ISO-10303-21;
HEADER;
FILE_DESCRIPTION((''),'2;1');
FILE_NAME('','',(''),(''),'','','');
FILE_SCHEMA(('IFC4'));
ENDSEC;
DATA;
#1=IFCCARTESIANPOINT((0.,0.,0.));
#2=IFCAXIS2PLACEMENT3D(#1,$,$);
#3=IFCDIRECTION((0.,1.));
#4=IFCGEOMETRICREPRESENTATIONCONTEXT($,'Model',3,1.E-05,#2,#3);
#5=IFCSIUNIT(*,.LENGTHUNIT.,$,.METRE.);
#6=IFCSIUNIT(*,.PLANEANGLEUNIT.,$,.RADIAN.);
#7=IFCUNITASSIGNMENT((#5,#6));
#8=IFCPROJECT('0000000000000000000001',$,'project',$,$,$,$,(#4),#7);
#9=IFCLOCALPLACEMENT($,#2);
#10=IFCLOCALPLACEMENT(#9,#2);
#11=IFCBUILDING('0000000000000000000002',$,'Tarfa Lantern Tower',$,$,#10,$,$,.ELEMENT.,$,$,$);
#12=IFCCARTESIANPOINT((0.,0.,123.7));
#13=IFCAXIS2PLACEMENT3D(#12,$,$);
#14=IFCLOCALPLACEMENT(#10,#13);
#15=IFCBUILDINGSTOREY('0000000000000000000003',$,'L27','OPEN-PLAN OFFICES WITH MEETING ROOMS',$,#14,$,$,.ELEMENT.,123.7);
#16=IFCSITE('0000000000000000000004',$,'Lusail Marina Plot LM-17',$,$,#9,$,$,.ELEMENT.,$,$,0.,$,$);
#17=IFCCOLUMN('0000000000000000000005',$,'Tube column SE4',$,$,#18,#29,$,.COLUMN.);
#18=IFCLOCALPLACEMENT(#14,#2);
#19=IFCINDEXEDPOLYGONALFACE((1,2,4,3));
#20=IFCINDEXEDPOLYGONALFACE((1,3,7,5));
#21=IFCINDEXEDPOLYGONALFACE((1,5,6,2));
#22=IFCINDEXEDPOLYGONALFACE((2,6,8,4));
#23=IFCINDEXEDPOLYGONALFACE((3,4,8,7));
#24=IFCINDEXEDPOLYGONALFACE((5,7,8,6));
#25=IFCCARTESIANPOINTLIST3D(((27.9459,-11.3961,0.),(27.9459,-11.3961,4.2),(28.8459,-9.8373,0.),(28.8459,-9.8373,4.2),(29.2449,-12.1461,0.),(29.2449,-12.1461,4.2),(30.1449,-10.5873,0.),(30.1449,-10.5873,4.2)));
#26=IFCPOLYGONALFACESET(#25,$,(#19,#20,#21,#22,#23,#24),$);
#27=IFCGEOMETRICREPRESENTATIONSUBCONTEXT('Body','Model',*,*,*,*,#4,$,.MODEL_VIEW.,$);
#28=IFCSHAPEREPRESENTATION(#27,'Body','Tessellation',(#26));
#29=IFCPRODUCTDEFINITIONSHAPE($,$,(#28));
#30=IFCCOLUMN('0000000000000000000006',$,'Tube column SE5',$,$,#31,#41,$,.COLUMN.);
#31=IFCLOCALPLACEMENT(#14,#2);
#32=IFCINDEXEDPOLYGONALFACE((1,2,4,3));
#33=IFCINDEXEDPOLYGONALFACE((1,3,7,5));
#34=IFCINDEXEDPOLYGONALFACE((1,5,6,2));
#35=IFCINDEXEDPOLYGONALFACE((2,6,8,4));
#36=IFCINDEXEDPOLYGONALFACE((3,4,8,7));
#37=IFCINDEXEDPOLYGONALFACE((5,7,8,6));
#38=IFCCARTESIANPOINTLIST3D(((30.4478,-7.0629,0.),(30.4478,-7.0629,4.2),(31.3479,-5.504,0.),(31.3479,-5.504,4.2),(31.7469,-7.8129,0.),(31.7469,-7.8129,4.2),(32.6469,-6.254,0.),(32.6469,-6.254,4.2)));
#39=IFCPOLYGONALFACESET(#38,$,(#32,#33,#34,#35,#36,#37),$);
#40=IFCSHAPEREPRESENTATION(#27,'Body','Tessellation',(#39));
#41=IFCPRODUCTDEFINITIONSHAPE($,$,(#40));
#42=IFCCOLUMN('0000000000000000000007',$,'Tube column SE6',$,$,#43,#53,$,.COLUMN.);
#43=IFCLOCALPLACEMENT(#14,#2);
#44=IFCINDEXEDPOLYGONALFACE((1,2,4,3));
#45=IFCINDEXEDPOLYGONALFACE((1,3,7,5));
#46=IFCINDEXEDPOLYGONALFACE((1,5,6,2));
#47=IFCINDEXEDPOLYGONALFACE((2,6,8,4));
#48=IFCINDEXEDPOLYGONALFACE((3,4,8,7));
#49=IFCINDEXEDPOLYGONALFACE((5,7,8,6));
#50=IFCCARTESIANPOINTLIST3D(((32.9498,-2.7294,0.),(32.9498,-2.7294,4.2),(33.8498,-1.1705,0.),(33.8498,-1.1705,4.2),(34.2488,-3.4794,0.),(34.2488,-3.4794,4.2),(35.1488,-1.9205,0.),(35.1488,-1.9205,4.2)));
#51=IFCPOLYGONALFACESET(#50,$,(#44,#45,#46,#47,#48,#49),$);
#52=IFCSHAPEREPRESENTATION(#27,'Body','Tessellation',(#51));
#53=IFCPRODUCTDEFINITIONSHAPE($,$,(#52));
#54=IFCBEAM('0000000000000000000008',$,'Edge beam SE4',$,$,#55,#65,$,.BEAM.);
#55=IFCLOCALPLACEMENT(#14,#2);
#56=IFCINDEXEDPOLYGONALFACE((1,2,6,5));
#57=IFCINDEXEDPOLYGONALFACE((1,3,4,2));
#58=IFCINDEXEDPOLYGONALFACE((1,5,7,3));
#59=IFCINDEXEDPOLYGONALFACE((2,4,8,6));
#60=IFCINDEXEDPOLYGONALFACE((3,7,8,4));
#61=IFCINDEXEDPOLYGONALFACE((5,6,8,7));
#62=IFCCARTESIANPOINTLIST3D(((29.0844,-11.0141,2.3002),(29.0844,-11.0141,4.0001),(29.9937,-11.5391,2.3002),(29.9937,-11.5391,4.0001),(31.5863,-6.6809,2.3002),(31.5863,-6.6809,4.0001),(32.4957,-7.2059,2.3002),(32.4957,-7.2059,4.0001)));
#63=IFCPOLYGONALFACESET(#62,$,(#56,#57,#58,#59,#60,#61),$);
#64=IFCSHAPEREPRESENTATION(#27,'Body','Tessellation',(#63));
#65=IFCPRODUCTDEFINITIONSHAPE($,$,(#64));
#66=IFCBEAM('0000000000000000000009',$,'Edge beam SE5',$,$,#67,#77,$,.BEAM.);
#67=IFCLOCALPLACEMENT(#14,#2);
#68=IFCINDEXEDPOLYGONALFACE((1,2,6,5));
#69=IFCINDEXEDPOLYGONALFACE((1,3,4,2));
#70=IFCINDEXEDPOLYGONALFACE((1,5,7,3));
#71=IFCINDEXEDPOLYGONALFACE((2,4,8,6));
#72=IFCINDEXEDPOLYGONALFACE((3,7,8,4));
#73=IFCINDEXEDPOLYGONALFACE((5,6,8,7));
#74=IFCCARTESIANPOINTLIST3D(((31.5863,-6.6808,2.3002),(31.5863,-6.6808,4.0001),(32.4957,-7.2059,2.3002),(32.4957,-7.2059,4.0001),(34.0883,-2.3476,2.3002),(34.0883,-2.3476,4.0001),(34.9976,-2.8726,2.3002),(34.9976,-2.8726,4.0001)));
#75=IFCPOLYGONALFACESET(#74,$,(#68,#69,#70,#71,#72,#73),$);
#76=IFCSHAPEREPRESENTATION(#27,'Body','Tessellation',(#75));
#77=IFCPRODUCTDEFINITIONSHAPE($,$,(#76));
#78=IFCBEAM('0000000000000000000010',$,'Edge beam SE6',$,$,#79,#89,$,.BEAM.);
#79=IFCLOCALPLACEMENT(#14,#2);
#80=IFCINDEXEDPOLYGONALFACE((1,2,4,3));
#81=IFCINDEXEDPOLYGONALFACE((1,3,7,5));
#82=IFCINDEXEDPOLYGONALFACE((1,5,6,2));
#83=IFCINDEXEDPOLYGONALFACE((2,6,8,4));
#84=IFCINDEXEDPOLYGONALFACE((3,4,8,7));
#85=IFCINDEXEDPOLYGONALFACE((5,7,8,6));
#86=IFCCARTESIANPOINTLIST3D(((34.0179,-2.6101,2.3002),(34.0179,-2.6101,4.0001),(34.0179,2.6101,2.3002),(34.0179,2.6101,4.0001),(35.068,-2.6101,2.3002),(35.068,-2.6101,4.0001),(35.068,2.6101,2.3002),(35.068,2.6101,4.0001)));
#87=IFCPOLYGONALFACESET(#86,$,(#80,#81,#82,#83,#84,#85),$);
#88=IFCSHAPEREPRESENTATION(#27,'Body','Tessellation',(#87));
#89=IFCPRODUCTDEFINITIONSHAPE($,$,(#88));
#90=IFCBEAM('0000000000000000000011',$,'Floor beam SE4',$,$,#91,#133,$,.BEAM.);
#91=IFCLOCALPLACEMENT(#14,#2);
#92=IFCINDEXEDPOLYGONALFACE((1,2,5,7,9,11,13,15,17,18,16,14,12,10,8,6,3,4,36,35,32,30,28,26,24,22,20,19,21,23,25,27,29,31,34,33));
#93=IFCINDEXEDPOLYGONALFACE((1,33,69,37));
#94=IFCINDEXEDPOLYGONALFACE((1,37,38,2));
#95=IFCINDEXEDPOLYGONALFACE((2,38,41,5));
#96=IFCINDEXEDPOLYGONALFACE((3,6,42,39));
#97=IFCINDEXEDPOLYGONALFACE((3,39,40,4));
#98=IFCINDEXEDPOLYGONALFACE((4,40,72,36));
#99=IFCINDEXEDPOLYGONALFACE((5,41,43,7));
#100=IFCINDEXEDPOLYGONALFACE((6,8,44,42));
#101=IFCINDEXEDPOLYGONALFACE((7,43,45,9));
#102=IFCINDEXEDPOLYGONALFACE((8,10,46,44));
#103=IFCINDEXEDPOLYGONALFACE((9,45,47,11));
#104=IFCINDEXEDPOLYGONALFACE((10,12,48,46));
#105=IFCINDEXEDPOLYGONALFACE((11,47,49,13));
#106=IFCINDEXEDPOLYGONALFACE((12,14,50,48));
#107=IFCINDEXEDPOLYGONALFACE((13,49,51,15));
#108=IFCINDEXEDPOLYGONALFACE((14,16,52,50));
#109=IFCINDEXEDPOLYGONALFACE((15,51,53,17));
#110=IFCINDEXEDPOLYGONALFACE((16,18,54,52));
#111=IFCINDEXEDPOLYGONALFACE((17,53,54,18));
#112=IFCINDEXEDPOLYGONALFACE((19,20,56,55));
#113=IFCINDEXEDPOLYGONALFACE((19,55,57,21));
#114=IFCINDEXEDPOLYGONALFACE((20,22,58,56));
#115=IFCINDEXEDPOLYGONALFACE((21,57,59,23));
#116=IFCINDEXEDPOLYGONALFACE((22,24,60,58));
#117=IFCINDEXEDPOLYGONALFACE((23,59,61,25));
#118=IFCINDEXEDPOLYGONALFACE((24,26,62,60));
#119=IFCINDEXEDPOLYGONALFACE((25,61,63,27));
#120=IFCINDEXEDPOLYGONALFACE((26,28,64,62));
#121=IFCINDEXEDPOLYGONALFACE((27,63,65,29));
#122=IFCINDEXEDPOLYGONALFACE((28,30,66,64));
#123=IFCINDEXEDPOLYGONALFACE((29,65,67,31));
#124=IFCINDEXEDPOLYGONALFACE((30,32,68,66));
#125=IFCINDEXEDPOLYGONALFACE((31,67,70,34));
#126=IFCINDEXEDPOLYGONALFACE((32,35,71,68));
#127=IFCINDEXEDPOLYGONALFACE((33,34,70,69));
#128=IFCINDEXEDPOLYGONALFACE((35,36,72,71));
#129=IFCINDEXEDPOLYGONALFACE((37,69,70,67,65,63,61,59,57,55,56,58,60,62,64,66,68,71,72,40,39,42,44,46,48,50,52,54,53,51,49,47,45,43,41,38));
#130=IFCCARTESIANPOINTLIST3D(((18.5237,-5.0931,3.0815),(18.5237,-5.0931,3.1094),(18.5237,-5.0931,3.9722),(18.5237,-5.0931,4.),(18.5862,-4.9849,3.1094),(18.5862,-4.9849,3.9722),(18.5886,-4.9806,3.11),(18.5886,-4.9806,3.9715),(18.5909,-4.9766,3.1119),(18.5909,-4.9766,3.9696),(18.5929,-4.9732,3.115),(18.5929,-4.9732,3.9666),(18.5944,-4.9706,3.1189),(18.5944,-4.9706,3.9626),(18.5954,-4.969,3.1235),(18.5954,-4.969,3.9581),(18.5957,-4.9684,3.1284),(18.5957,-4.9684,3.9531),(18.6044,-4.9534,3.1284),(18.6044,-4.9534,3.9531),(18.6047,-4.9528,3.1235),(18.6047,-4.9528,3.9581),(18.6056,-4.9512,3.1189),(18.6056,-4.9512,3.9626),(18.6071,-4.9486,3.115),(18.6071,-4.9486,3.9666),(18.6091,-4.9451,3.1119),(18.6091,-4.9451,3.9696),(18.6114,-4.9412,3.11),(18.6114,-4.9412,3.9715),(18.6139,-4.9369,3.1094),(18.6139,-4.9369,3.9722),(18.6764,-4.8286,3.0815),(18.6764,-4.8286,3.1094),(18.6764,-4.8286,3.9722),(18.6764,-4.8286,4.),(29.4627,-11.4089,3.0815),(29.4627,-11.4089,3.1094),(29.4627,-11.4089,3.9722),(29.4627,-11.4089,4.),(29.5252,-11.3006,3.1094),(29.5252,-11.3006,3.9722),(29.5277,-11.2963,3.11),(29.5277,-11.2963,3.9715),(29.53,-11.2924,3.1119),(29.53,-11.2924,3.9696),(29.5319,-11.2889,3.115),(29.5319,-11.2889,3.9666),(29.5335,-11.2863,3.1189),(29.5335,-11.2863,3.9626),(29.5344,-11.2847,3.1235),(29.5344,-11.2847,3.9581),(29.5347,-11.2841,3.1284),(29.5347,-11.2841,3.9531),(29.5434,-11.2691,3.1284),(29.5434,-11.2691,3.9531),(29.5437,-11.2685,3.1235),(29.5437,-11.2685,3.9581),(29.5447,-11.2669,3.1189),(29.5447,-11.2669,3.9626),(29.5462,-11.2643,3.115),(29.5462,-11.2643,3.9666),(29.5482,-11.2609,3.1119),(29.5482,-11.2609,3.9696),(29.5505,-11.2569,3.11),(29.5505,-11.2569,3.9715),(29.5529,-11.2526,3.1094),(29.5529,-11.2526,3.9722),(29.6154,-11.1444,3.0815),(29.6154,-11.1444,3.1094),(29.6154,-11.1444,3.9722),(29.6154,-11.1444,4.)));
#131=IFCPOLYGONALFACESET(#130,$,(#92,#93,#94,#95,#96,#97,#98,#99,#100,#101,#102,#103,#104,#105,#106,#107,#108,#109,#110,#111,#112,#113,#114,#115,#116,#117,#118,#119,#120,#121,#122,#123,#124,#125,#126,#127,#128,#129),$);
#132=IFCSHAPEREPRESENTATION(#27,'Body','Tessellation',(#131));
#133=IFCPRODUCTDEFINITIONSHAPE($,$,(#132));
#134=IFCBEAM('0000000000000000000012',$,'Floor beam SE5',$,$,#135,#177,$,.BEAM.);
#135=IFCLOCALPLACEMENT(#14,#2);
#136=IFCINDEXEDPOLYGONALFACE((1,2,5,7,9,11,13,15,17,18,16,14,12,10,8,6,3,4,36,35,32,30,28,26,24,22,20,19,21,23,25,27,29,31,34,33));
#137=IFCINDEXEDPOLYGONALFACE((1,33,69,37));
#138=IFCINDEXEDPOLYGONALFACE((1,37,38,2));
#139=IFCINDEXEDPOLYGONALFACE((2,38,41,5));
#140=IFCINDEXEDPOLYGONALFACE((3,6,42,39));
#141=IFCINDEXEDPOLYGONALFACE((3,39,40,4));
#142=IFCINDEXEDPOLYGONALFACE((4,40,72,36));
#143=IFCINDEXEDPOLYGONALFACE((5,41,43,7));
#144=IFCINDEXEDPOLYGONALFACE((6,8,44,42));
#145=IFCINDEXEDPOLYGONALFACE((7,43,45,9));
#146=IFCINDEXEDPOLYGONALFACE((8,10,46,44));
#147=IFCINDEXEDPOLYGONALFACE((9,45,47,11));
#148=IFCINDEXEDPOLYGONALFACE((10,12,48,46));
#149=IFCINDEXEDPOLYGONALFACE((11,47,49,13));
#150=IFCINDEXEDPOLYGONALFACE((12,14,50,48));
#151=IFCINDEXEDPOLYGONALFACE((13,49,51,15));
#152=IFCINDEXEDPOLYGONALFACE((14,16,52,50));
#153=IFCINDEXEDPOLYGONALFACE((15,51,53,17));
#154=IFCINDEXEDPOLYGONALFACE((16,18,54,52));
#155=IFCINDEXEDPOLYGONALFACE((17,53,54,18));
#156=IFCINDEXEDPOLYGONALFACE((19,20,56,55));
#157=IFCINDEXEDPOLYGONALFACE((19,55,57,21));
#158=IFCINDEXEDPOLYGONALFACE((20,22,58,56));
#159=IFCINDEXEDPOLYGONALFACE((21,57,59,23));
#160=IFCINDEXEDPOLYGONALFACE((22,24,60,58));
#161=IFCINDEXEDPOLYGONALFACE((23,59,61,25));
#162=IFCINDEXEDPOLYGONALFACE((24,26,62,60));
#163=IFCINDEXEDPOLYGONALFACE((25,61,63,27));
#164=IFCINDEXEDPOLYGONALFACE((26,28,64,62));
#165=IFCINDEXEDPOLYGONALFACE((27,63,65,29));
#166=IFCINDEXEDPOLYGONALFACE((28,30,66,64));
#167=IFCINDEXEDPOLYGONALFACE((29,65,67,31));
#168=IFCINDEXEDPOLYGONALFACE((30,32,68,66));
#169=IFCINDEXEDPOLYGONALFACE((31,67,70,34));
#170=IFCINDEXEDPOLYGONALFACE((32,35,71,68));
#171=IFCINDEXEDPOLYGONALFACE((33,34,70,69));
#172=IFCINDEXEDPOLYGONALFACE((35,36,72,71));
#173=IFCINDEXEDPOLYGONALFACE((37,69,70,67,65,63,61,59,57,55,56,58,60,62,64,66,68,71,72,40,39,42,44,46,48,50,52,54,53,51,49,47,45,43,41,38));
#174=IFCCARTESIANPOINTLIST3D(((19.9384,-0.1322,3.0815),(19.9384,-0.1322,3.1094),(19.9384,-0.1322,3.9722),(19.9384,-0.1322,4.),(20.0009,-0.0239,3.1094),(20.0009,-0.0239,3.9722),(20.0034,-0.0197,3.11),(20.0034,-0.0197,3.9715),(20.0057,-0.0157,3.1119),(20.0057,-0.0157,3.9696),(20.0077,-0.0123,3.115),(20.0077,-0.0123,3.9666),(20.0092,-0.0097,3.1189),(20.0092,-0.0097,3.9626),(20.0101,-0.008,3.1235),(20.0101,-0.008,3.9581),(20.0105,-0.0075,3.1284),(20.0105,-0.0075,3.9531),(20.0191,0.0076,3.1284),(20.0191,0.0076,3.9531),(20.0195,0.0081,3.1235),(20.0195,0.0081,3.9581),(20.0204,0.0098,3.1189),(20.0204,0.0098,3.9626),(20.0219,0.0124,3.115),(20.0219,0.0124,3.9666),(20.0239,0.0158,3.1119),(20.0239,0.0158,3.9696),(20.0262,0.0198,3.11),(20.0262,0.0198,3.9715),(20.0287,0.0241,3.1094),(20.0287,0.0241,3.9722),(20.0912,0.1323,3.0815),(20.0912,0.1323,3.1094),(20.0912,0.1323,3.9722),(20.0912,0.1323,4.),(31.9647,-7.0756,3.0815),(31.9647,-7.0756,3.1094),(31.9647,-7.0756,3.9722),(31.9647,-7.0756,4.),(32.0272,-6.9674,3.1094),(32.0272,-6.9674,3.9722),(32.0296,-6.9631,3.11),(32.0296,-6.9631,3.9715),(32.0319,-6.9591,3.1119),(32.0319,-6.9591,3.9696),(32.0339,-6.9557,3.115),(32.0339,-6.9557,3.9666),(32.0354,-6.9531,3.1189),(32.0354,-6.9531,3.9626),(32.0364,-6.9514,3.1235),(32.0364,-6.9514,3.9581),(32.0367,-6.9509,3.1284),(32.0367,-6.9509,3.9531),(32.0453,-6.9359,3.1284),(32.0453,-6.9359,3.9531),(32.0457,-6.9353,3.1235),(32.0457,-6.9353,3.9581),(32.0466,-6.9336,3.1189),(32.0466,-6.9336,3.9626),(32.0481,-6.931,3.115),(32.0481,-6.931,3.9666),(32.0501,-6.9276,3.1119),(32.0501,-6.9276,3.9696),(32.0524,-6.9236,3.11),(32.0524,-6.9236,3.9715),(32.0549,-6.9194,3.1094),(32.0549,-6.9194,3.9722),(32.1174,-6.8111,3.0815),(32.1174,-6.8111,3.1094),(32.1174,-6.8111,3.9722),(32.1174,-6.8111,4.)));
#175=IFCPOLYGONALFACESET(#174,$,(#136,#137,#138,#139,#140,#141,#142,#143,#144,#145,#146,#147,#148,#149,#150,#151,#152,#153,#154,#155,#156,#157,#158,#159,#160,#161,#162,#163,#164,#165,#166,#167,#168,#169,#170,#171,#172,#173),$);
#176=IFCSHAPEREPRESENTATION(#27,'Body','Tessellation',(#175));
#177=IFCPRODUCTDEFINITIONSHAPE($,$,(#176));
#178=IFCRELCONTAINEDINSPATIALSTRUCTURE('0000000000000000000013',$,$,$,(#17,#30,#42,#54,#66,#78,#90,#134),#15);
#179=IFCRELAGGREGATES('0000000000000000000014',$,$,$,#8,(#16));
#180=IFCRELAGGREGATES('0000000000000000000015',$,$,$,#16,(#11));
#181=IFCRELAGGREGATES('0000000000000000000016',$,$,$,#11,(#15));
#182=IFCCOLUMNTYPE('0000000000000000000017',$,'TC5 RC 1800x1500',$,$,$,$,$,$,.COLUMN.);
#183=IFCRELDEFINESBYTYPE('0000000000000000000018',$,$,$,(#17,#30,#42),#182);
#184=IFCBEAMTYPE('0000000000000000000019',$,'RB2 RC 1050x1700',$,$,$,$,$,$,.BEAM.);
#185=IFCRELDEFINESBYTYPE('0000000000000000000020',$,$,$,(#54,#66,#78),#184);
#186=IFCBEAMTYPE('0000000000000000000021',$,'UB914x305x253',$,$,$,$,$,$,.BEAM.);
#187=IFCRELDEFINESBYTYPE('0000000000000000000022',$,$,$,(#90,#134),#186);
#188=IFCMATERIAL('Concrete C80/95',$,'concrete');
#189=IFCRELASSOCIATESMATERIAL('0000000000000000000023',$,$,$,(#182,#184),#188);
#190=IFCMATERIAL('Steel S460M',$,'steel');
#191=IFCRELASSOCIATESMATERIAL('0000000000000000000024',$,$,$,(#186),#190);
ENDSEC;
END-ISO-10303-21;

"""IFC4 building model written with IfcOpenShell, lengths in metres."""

from ifc_helpers import new_model, si_unit, direction, frame, origin, origin_2d, place, context, subcontext, project, spatial, rectangle, i_section, extrude, material, material_profile, profile_set, type_object, element, save


model = new_model("IFC4")

# Units and contexts
model_context = context("Model", 3, precision=1e-05, world=origin(), true_north=direction((0.0, 1.0)))
body_context = subcontext(model_context, "Body", "Model", "MODEL_VIEW")
ifc_project = project(units=[si_unit("LENGTHUNIT", "METRE"), si_unit("PLANEANGLEUNIT", "RADIAN")], contexts=[model_context])

# Site, building, storey
site_placement = place(None, origin())
site = spatial("IfcSite", under=ifc_project, at=site_placement, Name="Lusail Marina Plot LM-17", CompositionType="ELEMENT", RefElevation=0.0)
building_placement = place(site_placement, origin())
building = spatial("IfcBuilding", under=site, at=building_placement, Name="Tarfa Lantern Tower", CompositionType="ELEMENT")
storey_placement = place(building_placement, frame((0.0, 0.0, 123.7)))
storey = spatial("IfcBuildingStorey", under=building, at=storey_placement, Name="L27", Description="OPEN-PLAN OFFICES WITH MEETING ROOMS", CompositionType="ELEMENT", Elevation=123.7)

# Columns
ifc_material_1 = material(Name="Concrete C80/95", Category="concrete")
ifc_material_profile_1 = material_profile(ifc_material_1, rectangle(XDim=1.8, YDim=1.5, at=origin_2d()), Name="RC 1800x1500")
ifc_profile_set_1 = profile_set([ifc_material_profile_1], Name="Concrete C80/95")
column_type = type_object("IfcColumnType", Name="TC5 RC 1800x1500", PredefinedType="COLUMN", material=ifc_profile_set_1)
for number, where, z_axis, x_axis, name in (
    (1, (29.0454, -10.9917, 0.0), (0.0, 0.0, 1.0), (0.5, 0.866025, 0.0), "Tube column SE4"),
    (2, (31.5474, -6.6584, 0.0), (0.0, 0.0, 1.0), (0.5, 0.866025, 0.0), "Tube column SE5"),
    (3, (34.0493, -2.325, 0.0), (0.0, 0.0, 1.0), (0.5, 0.866025, 0.0), "Tube column SE6"),
):
    element("IfcColumn", number, at=place(storey_placement, frame(where, z_axis=z_axis, x_axis=x_axis)), inside=storey, type_object=column_type, Name=name, PredefinedType="COLUMN", context=body_context, shape_type="SweptSolid", body=[
        extrude(rectangle(XDim=1.8, YDim=1.5, at=origin_2d()), origin(), (0.0, 0.0, 1.0), 4.2),
    ])

# Beams
ifc_material_profile_2 = material_profile(ifc_material_1, rectangle(XDim=1.05, YDim=1.7, at=origin_2d()), Name="RC 1050x1700")
ifc_profile_set_2 = profile_set([ifc_material_profile_2], Name="Concrete C80/95")
beam_type_1 = type_object("IfcBeamType", Name="RB2 RC 1050x1700", PredefinedType="BEAM", material=ifc_profile_set_2)
for number, where, z_axis, x_axis, name in (
    (4, (29.5391, -11.2766, 3.1501), (0.500022, 0.866013, 0.0), (-0.866013, 0.500022, 0.0), "Edge beam SE4"),
    (5, (32.041, -6.9434, 3.1501), (0.500022, 0.866013, 0.0), (-0.866013, 0.500022, 0.0), "Edge beam SE5"),
):
    element("IfcBeam", number, at=place(storey_placement, frame(where, z_axis=z_axis, x_axis=x_axis)), inside=storey, type_object=beam_type_1, Name=name, PredefinedType="BEAM", context=body_context, shape_type="SweptSolid", body=[
        extrude(rectangle(XDim=1.05, YDim=1.7, at=origin_2d()), origin(), (0.0, 0.0, 1.0), 5.0037),
    ])
beam_1_placement = place(storey_placement, frame((34.543, -2.6101, 3.1501), z_axis=(0.0, 1.0, 0.0), x_axis=(-1.0, 0.0, 0.0)))
element("IfcBeam", 6, at=beam_1_placement, inside=storey, type_object=beam_type_1, Name="Edge beam SE6", PredefinedType="BEAM", context=body_context, shape_type="SweptSolid", body=[
    extrude(rectangle(XDim=1.05, YDim=1.7, at=origin_2d()), origin(), (0.0, 0.0, 1.0), 5.2202),
])
ifc_material_2 = material(Name="Steel S460M", Category="steel")
ifc_material_profile_3 = material_profile(ifc_material_2, i_section(OverallWidth=0.3054, OverallDepth=0.9185, WebThickness=0.0173, FlangeThickness=0.0278, FilletRadius=0.019, at=origin_2d()), Name="UB914x305x253")
ifc_profile_set_3 = profile_set([ifc_material_profile_3], Name="Steel S460M")
beam_type_2 = type_object("IfcBeamType", Name="UB914x305x253", PredefinedType="BEAM", material=ifc_profile_set_3)
beam_2_placement = place(storey_placement, frame((29.5391, -11.2766, 3.5408), z_axis=(-0.866023, 0.500004, 0.0), x_axis=(-0.500004, -0.866023, 0.0)))
element("IfcBeam", 7, at=beam_2_placement, inside=storey, type_object=beam_type_2, Name="Floor beam SE4", PredefinedType="BEAM", context=body_context, shape_type="SweptSolid", body=[
    extrude(i_section(OverallWidth=0.3054, OverallDepth=0.9185, WebThickness=0.0173, FlangeThickness=0.0278, FilletRadius=0.019, at=origin_2d()), origin(), (0.0, 0.0, 1.0), 12.6313),
])
beam_3_placement = place(storey_placement, frame((32.041, -6.9434, 3.5408), z_axis=(-0.866023, 0.500004, 0.0), x_axis=(-0.500004, -0.866023, 0.0)))
element("IfcBeam", 8, at=beam_3_placement, inside=storey, type_object=beam_type_2, Name="Floor beam SE5", PredefinedType="BEAM", context=body_context, shape_type="SweptSolid", body=[
    extrude(i_section(OverallWidth=0.3054, OverallDepth=0.9185, WebThickness=0.0173, FlangeThickness=0.0278, FilletRadius=0.019, at=origin_2d()), origin(), (0.0, 0.0, 1.0), 13.8867),
])

save(model, "model.ifc")
